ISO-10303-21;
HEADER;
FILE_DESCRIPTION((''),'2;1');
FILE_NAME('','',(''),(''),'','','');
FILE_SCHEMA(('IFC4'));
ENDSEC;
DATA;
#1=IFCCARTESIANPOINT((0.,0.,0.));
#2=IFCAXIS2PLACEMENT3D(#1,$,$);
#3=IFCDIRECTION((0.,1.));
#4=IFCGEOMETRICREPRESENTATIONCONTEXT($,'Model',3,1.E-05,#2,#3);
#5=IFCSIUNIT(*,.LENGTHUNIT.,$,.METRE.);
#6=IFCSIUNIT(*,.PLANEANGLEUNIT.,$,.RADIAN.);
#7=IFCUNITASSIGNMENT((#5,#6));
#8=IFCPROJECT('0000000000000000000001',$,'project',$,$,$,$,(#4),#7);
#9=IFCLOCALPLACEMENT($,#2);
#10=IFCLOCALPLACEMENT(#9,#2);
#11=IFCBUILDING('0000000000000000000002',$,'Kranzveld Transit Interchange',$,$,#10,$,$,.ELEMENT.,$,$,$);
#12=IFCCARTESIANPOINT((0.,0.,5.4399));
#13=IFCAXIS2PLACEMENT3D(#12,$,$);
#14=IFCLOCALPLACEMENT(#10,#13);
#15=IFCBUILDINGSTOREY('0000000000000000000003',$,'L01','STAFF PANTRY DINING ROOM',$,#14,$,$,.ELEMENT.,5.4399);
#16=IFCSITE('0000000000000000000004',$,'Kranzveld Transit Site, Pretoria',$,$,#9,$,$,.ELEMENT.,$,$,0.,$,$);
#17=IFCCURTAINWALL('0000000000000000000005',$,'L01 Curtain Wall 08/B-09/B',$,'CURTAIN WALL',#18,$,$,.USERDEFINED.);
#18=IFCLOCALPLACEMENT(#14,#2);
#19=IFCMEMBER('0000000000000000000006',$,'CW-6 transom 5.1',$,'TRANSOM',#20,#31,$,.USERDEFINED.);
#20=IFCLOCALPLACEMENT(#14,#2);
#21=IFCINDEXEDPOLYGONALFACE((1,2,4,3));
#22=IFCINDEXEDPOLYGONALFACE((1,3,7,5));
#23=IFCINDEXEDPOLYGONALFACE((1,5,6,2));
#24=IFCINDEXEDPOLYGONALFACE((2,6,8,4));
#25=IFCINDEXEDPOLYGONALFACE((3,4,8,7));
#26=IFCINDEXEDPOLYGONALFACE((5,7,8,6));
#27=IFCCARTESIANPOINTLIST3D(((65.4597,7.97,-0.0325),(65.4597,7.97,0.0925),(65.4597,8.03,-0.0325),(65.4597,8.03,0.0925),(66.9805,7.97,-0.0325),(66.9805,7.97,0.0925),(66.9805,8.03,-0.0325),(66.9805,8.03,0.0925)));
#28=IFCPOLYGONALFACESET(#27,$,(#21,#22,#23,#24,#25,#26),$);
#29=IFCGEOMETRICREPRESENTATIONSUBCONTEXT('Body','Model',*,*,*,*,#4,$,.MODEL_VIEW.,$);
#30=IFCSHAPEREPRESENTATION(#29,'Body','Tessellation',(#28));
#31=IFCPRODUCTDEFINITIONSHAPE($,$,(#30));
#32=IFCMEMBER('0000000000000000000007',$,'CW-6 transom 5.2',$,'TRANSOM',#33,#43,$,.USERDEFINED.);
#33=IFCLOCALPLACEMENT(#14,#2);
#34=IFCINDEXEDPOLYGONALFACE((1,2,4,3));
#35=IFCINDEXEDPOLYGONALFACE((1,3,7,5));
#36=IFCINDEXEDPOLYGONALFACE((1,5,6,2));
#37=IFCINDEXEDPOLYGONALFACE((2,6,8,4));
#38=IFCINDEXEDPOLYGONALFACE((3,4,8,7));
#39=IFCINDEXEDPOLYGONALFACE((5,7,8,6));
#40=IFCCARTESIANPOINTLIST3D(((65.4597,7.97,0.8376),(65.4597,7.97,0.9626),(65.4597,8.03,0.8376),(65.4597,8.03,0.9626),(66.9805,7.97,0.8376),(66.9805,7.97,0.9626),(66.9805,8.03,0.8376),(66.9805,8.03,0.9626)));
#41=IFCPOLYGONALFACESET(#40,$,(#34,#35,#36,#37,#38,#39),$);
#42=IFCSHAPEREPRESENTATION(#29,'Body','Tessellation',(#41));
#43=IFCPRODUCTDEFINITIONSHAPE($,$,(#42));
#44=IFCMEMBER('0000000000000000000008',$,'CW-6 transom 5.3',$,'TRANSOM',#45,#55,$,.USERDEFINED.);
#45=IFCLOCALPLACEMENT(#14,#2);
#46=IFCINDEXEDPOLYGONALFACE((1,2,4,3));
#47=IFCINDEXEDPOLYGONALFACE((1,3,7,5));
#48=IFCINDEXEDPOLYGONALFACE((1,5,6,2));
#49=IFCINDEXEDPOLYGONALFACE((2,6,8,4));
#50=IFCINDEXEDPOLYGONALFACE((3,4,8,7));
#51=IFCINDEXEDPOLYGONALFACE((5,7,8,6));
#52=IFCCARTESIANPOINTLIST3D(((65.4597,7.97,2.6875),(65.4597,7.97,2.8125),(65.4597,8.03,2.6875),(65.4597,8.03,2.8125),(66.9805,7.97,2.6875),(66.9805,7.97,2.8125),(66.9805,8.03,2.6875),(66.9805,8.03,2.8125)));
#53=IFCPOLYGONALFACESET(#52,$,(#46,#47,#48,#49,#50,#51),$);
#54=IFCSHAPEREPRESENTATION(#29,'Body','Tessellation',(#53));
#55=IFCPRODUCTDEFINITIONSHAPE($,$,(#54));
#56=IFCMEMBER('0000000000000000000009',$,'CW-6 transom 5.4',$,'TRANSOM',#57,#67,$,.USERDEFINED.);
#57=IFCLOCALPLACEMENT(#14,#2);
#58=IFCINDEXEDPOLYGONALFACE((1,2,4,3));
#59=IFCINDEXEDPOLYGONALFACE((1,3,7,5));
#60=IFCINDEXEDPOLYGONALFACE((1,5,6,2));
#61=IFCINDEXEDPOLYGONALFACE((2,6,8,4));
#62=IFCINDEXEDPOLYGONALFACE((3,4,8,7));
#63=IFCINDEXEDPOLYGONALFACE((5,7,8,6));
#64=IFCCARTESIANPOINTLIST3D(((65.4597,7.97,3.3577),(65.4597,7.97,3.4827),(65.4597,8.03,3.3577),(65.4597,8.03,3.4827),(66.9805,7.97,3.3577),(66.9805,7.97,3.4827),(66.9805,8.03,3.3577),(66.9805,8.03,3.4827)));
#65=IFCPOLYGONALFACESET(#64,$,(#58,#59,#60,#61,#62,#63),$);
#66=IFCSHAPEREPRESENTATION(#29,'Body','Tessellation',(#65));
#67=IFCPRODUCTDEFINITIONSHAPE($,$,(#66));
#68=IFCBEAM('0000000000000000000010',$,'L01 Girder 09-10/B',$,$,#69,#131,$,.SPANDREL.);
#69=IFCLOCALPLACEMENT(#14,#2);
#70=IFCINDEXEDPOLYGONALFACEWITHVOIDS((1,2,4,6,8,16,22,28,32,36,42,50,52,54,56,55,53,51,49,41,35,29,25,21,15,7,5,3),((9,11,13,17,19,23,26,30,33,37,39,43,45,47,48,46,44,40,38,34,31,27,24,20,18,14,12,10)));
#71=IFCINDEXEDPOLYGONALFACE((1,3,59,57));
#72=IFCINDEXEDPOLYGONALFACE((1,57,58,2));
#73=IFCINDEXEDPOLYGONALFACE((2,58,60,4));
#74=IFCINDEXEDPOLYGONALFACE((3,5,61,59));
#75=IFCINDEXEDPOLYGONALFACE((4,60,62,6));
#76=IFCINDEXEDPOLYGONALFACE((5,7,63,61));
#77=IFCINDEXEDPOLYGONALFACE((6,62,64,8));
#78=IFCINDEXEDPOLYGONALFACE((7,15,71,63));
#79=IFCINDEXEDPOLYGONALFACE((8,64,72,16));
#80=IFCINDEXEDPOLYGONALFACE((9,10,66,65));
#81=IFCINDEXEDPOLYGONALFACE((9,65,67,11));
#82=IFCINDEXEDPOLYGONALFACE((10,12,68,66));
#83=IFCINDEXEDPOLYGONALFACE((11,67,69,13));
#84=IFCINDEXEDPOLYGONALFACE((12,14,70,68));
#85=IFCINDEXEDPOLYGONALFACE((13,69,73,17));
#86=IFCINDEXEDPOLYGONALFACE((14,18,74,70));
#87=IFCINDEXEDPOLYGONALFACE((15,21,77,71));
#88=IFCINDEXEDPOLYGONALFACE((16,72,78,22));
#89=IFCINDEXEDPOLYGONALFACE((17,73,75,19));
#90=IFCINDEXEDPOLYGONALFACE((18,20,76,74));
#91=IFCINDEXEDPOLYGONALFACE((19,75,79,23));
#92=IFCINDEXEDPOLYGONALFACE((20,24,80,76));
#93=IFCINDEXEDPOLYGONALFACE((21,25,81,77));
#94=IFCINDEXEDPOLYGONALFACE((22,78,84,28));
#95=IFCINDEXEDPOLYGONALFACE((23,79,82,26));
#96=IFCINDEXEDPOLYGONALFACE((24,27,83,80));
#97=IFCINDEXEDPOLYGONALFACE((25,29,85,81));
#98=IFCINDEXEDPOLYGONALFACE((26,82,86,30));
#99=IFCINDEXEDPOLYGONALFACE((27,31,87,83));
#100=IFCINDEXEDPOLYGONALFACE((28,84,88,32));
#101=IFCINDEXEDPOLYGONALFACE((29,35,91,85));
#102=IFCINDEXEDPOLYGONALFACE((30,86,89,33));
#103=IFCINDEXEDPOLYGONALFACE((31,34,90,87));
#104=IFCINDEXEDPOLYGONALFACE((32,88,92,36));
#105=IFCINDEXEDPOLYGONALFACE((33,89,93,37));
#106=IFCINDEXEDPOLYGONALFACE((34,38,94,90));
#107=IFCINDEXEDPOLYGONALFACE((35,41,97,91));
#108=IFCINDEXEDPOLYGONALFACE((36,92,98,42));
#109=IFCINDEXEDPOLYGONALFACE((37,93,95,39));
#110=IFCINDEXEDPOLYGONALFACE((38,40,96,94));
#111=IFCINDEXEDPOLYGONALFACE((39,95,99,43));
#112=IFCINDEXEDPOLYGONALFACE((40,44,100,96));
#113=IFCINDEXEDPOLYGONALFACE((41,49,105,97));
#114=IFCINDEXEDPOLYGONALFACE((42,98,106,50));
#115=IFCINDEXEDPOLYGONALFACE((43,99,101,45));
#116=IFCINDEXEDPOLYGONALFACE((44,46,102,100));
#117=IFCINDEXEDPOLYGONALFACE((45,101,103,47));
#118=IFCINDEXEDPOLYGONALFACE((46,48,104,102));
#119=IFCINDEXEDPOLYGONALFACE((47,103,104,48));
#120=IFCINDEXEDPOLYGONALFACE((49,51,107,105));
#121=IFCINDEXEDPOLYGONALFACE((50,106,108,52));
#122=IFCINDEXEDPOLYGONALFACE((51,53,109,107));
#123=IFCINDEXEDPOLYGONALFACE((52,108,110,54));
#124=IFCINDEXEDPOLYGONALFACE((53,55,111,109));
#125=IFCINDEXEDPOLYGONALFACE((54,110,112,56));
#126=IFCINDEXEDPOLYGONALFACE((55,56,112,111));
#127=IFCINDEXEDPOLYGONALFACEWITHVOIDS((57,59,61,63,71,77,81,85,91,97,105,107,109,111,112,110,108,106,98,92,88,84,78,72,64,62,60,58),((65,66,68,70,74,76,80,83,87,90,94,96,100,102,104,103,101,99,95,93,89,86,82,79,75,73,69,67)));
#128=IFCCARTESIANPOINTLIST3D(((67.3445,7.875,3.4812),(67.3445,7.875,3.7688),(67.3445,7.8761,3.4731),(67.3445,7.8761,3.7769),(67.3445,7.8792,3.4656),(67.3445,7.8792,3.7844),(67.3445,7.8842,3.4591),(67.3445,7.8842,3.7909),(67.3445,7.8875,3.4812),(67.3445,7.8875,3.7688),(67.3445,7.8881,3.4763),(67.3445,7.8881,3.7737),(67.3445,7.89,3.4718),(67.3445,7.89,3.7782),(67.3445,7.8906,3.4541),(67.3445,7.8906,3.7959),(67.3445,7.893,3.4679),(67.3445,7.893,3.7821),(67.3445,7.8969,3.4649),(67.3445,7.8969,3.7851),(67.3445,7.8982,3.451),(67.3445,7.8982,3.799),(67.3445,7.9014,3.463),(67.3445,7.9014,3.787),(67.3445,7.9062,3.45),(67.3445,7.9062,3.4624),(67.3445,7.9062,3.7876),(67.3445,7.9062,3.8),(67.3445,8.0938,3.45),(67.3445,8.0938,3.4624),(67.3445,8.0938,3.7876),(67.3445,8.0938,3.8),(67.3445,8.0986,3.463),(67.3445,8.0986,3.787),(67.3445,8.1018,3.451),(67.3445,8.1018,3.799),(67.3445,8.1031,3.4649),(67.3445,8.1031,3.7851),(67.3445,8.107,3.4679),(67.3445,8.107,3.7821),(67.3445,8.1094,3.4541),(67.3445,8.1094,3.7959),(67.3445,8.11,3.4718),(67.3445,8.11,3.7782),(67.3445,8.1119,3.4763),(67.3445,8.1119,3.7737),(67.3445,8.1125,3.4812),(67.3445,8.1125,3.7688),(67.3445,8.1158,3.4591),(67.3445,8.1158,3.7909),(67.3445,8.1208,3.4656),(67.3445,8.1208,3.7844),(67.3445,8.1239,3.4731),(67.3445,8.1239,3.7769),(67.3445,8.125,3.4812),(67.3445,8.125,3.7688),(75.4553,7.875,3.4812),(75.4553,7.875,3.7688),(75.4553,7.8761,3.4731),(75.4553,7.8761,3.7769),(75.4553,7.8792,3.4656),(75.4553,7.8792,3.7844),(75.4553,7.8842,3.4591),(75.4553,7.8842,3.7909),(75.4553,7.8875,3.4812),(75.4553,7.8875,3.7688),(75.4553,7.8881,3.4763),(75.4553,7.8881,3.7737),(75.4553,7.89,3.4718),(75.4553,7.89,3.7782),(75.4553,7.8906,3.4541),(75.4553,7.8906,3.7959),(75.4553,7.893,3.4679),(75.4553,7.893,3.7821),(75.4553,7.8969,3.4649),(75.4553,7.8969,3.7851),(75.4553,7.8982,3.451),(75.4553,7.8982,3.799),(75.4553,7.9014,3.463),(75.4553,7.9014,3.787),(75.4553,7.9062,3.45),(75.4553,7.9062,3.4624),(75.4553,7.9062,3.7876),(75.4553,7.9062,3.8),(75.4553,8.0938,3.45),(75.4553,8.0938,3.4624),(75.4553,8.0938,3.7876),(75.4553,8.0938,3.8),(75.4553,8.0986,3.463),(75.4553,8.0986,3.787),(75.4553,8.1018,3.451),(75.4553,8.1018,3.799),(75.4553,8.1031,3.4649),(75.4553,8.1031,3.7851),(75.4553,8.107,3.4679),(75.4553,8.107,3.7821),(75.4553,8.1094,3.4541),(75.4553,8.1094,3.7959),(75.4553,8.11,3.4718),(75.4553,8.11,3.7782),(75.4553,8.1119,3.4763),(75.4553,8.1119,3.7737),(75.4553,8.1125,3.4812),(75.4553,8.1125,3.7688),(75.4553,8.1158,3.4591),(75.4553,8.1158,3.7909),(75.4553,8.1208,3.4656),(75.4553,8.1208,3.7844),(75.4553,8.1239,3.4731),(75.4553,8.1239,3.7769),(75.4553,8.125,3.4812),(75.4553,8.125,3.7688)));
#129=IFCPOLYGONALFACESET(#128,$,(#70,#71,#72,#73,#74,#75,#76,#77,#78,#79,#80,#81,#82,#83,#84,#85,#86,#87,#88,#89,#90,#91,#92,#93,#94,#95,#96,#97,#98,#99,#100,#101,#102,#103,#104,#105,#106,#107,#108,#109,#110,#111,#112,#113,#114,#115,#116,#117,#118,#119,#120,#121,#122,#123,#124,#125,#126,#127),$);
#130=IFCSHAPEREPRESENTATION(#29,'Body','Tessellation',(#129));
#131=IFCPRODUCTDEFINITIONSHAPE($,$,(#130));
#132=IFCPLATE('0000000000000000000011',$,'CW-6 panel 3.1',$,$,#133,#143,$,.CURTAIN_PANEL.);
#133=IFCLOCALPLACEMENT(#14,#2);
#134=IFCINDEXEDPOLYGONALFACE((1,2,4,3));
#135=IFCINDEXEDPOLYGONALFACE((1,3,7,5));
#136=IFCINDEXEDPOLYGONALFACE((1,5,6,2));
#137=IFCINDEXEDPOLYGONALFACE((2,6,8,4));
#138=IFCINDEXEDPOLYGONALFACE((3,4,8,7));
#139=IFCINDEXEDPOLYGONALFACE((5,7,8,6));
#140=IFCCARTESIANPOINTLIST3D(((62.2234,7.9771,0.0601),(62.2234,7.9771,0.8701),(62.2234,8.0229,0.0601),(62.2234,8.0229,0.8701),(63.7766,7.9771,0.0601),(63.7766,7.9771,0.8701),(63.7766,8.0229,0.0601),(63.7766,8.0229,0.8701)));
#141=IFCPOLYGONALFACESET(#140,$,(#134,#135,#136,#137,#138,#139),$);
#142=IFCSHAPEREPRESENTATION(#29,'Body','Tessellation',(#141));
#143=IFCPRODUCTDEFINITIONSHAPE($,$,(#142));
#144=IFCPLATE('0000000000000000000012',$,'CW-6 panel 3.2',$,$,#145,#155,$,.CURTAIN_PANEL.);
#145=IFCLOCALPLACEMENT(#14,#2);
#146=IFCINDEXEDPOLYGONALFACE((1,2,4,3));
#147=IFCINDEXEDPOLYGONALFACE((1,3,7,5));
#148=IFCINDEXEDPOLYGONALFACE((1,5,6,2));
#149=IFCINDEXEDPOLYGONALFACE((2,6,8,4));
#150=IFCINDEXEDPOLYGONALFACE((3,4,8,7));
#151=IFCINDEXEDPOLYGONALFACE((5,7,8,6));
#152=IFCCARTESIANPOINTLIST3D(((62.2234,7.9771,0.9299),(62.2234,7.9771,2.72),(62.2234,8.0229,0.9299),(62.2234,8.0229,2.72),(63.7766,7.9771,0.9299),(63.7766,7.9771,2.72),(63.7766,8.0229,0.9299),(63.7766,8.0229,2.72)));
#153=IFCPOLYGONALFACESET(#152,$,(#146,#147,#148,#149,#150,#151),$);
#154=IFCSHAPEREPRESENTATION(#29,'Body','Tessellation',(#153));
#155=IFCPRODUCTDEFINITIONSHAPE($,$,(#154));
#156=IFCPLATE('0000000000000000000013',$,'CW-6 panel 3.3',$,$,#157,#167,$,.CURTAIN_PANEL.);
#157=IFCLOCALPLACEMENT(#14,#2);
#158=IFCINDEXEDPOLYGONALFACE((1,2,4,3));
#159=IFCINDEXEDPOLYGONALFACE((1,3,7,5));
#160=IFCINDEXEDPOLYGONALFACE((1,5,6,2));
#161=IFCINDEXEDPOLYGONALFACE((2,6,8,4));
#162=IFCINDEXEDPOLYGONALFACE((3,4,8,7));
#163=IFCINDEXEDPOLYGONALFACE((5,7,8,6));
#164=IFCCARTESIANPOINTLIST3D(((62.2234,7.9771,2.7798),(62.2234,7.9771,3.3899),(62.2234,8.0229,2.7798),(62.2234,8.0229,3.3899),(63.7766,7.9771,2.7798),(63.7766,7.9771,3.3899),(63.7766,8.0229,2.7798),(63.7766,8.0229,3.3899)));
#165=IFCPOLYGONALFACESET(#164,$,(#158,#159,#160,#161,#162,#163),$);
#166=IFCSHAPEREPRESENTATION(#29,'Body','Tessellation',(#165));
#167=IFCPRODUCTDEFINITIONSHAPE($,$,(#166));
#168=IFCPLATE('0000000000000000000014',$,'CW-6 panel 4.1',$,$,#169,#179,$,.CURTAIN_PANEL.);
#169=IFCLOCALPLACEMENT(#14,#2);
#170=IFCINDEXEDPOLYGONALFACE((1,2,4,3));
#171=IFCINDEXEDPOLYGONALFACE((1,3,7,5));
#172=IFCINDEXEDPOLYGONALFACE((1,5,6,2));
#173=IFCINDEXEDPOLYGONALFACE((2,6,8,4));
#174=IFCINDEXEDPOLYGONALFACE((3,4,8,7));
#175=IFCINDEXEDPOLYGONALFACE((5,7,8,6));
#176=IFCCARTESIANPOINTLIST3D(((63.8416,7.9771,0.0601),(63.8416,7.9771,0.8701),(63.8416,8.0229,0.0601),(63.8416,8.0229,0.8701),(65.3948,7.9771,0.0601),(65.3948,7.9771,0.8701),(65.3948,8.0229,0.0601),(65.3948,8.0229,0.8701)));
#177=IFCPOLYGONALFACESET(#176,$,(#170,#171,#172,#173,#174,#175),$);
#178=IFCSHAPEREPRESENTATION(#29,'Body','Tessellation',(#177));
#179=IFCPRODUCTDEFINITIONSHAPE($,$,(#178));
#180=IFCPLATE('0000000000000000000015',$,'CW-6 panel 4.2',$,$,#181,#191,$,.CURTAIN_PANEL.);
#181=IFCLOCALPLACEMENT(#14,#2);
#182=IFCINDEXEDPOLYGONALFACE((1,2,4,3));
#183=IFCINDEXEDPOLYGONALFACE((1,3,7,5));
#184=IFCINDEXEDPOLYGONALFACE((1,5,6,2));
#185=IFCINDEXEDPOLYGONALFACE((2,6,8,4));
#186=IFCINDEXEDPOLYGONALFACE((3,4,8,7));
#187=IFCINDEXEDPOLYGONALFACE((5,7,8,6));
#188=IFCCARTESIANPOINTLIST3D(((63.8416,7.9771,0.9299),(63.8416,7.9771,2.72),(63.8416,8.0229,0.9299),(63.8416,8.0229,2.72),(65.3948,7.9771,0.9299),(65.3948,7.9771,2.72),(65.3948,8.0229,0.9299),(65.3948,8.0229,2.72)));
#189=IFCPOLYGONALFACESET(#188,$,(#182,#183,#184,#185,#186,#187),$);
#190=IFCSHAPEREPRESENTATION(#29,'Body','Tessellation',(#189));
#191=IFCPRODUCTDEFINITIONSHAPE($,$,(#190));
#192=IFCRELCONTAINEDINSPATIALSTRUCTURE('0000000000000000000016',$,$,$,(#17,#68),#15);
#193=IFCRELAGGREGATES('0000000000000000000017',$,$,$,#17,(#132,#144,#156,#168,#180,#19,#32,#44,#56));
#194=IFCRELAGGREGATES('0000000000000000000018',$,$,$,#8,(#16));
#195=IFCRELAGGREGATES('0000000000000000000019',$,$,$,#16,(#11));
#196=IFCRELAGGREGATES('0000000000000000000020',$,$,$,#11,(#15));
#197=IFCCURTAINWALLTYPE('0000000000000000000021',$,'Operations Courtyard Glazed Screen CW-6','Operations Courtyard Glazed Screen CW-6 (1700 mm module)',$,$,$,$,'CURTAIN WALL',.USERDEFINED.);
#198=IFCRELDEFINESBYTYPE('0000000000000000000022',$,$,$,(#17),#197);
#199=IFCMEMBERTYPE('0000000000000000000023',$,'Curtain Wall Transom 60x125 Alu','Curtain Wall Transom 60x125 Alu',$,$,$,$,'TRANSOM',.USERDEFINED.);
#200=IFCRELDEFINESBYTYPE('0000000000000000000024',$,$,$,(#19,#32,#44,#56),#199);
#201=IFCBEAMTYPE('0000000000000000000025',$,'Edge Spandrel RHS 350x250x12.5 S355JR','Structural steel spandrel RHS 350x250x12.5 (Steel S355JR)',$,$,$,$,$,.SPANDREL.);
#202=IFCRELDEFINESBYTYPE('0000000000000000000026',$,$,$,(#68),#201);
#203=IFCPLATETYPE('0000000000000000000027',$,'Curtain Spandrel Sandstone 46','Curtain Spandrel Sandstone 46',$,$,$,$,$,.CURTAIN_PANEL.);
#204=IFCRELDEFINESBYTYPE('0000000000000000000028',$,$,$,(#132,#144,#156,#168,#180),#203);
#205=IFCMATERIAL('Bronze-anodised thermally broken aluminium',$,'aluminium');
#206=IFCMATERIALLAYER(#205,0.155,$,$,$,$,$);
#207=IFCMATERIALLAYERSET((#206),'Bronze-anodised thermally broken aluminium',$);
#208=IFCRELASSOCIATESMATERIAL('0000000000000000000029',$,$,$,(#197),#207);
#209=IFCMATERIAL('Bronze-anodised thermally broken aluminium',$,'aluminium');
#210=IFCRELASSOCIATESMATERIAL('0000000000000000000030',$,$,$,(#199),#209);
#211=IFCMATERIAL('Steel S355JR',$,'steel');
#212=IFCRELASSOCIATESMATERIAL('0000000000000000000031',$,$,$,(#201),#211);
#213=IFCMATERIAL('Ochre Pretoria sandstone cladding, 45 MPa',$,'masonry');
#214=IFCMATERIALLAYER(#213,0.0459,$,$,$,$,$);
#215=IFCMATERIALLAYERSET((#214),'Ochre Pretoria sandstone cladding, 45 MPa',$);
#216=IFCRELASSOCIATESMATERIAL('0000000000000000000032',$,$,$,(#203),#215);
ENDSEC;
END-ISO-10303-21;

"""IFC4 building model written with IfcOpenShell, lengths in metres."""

from ifc_helpers import new_model, si_unit, direction, frame, origin, origin_2d, place, context, subcontext, project, spatial, rectangle, hollow_rectangle, extrude, material, layer, layer_set, material_profile, profile_set, type_object, element, aggregate, save


model = new_model("IFC4")

# Units and contexts
model_context = context("Model", 3, precision=1e-05, world=origin(), true_north=direction((0.0, 1.0)))
body_context = subcontext(model_context, "Body", "Model", "MODEL_VIEW")
ifc_project = project(units=[si_unit("LENGTHUNIT", "METRE"), si_unit("PLANEANGLEUNIT", "RADIAN")], contexts=[model_context])

# Site, building, storey
site_placement = place(None, origin())
site = spatial("IfcSite", under=ifc_project, at=site_placement, Name="Kranzveld Transit Site, Pretoria", CompositionType="ELEMENT", RefElevation=0.0)
building_placement = place(site_placement, origin())
building = spatial("IfcBuilding", under=site, at=building_placement, Name="Kranzveld Transit Interchange", CompositionType="ELEMENT")
storey_placement = place(building_placement, frame((0.0, 0.0, 5.4399)))
storey = spatial("IfcBuildingStorey", under=building, at=storey_placement, Name="L01", Description="STAFF PANTRY DINING ROOM", CompositionType="ELEMENT", Elevation=5.4399)

# Curtain wall, members
ifc_material_1 = material(Name="Bronze-anodised thermally broken aluminium", Category="aluminium")
ifc_layer_1 = layer(ifc_material_1, 0.155)
ifc_layer_set_1 = layer_set([ifc_layer_1], Name="Bronze-anodised thermally broken aluminium")
curtain_wall_type = type_object("IfcCurtainWallType", Name="Operations Courtyard Glazed Screen CW-6", Description="Operations Courtyard Glazed Screen CW-6 (1700 mm module)", ElementType="CURTAIN WALL", PredefinedType="USERDEFINED", material=ifc_layer_set_1)
curtain_wall_placement = place(storey_placement, origin())
curtain_wall = element("IfcCurtainWall", 1, at=curtain_wall_placement, inside=storey, type_object=curtain_wall_type, Name="L01 Curtain Wall 08/B-09/B", ObjectType="CURTAIN WALL", PredefinedType="USERDEFINED")
ifc_material_2 = material(Name="Bronze-anodised thermally broken aluminium", Category="aluminium")
ifc_material_profile_1 = material_profile(ifc_material_2, rectangle(XDim=0.0601, YDim=0.125, at=origin_2d()), Name="ALU TRANSOM 60x125")
ifc_profile_set_1 = profile_set([ifc_material_profile_1], Name="Bronze-anodised thermally broken aluminium")
member_type_1 = type_object("IfcMemberType", Name="Curtain Wall Transom 60x125 Alu", Description="Curtain Wall Transom 60x125 Alu", ElementType="TRANSOM", PredefinedType="USERDEFINED", material=ifc_profile_set_1)
member_1_placement = place(storey_placement, frame((65.4597, 8.0, 0.03), z_axis=(1.0, 0.0, 0.0), x_axis=(0.0, 1.0, 0.0)))
member_1 = element("IfcMember", 2, at=member_1_placement, type_object=member_type_1, Name="CW-6 transom 5.1", ObjectType="TRANSOM", PredefinedType="USERDEFINED", context=body_context, shape_type="SweptSolid", body=[
    extrude(rectangle(XDim=0.0601, YDim=0.125, at=origin_2d()), origin(), (0.0, 0.0, 1.0), 1.5208),
])
member_2_placement = place(storey_placement, frame((65.4597, 8.0, 0.9001), z_axis=(1.0, 0.0, 0.0), x_axis=(0.0, 1.0, 0.0)))
member_2 = element("IfcMember", 3, at=member_2_placement, type_object=member_type_1, Name="CW-6 transom 5.2", ObjectType="TRANSOM", PredefinedType="USERDEFINED", context=body_context, shape_type="SweptSolid", body=[
    extrude(rectangle(XDim=0.0601, YDim=0.125, at=origin_2d()), origin(), (0.0, 0.0, 1.0), 1.5208),
])
member_3_placement = place(storey_placement, frame((65.4597, 8.0, 2.75), z_axis=(1.0, 0.0, 0.0), x_axis=(0.0, 1.0, 0.0)))
member_3 = element("IfcMember", 4, at=member_3_placement, type_object=member_type_1, Name="CW-6 transom 5.3", ObjectType="TRANSOM", PredefinedType="USERDEFINED", context=body_context, shape_type="SweptSolid", body=[
    extrude(rectangle(XDim=0.0601, YDim=0.125, at=origin_2d()), origin(), (0.0, 0.0, 1.0), 1.5208),
])
member_4_placement = place(storey_placement, frame((65.4597, 8.0, 3.4202), z_axis=(1.0, 0.0, 0.0), x_axis=(0.0, 1.0, 0.0)))
member_4 = element("IfcMember", 5, at=member_4_placement, type_object=member_type_1, Name="CW-6 transom 5.4", ObjectType="TRANSOM", PredefinedType="USERDEFINED", context=body_context, shape_type="SweptSolid", body=[
    extrude(rectangle(XDim=0.0601, YDim=0.125, at=origin_2d()), origin(), (0.0, 0.0, 1.0), 1.5208),
])

# Beam
ifc_material_3 = material(Name="Steel S355JR", Category="steel")
ifc_material_profile_2 = material_profile(ifc_material_3, hollow_rectangle(XDim=0.25, YDim=0.3501, WallThickness=0.0125, InnerFilletRadius=0.0188, OuterFilletRadius=0.0312, at=origin_2d()), Name="RHS 350x250x12.5")
ifc_profile_set_2 = profile_set([ifc_material_profile_2], Name="Steel S355JR")
beam_type = type_object("IfcBeamType", Name="Edge Spandrel RHS 350x250x12.5 S355JR", Description="Structural steel spandrel RHS 350x250x12.5 (Steel S355JR)", PredefinedType="SPANDREL", material=ifc_profile_set_2)
beam_placement = place(storey_placement, frame((67.3445, 8.0, 3.625), z_axis=(1.0, 0.0, 0.0), x_axis=(0.0, 1.0, 0.0)))
element("IfcBeam", 6, at=beam_placement, inside=storey, type_object=beam_type, Name="L01 Girder 09-10/B", PredefinedType="SPANDREL", context=body_context, shape_type="SweptSolid", body=[
    extrude(hollow_rectangle(XDim=0.25, YDim=0.3501, WallThickness=0.0125, InnerFilletRadius=0.0188, OuterFilletRadius=0.0312, at=origin_2d()), origin(), (0.0, 0.0, 1.0), 8.1108),
])

# Plates
ifc_material_4 = material(Name="Ochre Pretoria sandstone cladding, 45 MPa", Category="masonry")
ifc_layer_2 = layer(ifc_material_4, 0.0459)
ifc_layer_set_2 = layer_set([ifc_layer_2], Name="Ochre Pretoria sandstone cladding, 45 MPa")
plate_type = type_object("IfcPlateType", Name="Curtain Spandrel Sandstone 46", Description="Curtain Spandrel Sandstone 46", PredefinedType="CURTAIN_PANEL", material=ifc_layer_set_2)
plate_1_placement = place(storey_placement, frame((63.0, 8.0, 0.0601), z_axis=(0.0, 0.0, 1.0), x_axis=(1.0, 0.0, 0.0)))
plate_1 = element("IfcPlate", 7, at=plate_1_placement, type_object=plate_type, Name="CW-6 panel 3.1", PredefinedType="CURTAIN_PANEL", context=body_context, shape_type="SweptSolid", body=[
    extrude(rectangle(XDim=1.5532, YDim=0.0459, at=origin_2d()), origin(), (0.0, 0.0, 1.0), 0.8101),
])
plate_2_placement = place(storey_placement, frame((63.0, 8.0, 0.9299), z_axis=(0.0, 0.0, 1.0), x_axis=(1.0, 0.0, 0.0)))
plate_2 = element("IfcPlate", 8, at=plate_2_placement, type_object=plate_type, Name="CW-6 panel 3.2", PredefinedType="CURTAIN_PANEL", context=body_context, shape_type="SweptSolid", body=[
    extrude(rectangle(XDim=1.5532, YDim=0.0459, at=origin_2d()), origin(), (0.0, 0.0, 1.0), 1.79),
])
plate_3_placement = place(storey_placement, frame((63.0, 8.0, 2.7798), z_axis=(0.0, 0.0, 1.0), x_axis=(1.0, 0.0, 0.0)))
plate_3 = element("IfcPlate", 9, at=plate_3_placement, type_object=plate_type, Name="CW-6 panel 3.3", PredefinedType="CURTAIN_PANEL", context=body_context, shape_type="SweptSolid", body=[
    extrude(rectangle(XDim=1.5532, YDim=0.0459, at=origin_2d()), origin(), (0.0, 0.0, 1.0), 0.6101),
])
plate_4_placement = place(storey_placement, frame((64.6182, 8.0, 0.0601), z_axis=(0.0, 0.0, 1.0), x_axis=(1.0, 0.0, 0.0)))
plate_4 = element("IfcPlate", 10, at=plate_4_placement, type_object=plate_type, Name="CW-6 panel 4.1", PredefinedType="CURTAIN_PANEL", context=body_context, shape_type="SweptSolid", body=[
    extrude(rectangle(XDim=1.5532, YDim=0.0459, at=origin_2d()), origin(), (0.0, 0.0, 1.0), 0.8101),
])
plate_5_placement = place(storey_placement, frame((64.6182, 8.0, 0.9299), z_axis=(0.0, 0.0, 1.0), x_axis=(1.0, 0.0, 0.0)))
plate_5 = element("IfcPlate", 11, at=plate_5_placement, type_object=plate_type, Name="CW-6 panel 4.2", PredefinedType="CURTAIN_PANEL", context=body_context, shape_type="SweptSolid", body=[
    extrude(rectangle(XDim=1.5532, YDim=0.0459, at=origin_2d()), origin(), (0.0, 0.0, 1.0), 1.79),
])
aggregate(curtain_wall, [plate_1, plate_2, plate_3, plate_4, plate_5, member_1, member_2, member_3, member_4])

save(model, "model.ifc")
